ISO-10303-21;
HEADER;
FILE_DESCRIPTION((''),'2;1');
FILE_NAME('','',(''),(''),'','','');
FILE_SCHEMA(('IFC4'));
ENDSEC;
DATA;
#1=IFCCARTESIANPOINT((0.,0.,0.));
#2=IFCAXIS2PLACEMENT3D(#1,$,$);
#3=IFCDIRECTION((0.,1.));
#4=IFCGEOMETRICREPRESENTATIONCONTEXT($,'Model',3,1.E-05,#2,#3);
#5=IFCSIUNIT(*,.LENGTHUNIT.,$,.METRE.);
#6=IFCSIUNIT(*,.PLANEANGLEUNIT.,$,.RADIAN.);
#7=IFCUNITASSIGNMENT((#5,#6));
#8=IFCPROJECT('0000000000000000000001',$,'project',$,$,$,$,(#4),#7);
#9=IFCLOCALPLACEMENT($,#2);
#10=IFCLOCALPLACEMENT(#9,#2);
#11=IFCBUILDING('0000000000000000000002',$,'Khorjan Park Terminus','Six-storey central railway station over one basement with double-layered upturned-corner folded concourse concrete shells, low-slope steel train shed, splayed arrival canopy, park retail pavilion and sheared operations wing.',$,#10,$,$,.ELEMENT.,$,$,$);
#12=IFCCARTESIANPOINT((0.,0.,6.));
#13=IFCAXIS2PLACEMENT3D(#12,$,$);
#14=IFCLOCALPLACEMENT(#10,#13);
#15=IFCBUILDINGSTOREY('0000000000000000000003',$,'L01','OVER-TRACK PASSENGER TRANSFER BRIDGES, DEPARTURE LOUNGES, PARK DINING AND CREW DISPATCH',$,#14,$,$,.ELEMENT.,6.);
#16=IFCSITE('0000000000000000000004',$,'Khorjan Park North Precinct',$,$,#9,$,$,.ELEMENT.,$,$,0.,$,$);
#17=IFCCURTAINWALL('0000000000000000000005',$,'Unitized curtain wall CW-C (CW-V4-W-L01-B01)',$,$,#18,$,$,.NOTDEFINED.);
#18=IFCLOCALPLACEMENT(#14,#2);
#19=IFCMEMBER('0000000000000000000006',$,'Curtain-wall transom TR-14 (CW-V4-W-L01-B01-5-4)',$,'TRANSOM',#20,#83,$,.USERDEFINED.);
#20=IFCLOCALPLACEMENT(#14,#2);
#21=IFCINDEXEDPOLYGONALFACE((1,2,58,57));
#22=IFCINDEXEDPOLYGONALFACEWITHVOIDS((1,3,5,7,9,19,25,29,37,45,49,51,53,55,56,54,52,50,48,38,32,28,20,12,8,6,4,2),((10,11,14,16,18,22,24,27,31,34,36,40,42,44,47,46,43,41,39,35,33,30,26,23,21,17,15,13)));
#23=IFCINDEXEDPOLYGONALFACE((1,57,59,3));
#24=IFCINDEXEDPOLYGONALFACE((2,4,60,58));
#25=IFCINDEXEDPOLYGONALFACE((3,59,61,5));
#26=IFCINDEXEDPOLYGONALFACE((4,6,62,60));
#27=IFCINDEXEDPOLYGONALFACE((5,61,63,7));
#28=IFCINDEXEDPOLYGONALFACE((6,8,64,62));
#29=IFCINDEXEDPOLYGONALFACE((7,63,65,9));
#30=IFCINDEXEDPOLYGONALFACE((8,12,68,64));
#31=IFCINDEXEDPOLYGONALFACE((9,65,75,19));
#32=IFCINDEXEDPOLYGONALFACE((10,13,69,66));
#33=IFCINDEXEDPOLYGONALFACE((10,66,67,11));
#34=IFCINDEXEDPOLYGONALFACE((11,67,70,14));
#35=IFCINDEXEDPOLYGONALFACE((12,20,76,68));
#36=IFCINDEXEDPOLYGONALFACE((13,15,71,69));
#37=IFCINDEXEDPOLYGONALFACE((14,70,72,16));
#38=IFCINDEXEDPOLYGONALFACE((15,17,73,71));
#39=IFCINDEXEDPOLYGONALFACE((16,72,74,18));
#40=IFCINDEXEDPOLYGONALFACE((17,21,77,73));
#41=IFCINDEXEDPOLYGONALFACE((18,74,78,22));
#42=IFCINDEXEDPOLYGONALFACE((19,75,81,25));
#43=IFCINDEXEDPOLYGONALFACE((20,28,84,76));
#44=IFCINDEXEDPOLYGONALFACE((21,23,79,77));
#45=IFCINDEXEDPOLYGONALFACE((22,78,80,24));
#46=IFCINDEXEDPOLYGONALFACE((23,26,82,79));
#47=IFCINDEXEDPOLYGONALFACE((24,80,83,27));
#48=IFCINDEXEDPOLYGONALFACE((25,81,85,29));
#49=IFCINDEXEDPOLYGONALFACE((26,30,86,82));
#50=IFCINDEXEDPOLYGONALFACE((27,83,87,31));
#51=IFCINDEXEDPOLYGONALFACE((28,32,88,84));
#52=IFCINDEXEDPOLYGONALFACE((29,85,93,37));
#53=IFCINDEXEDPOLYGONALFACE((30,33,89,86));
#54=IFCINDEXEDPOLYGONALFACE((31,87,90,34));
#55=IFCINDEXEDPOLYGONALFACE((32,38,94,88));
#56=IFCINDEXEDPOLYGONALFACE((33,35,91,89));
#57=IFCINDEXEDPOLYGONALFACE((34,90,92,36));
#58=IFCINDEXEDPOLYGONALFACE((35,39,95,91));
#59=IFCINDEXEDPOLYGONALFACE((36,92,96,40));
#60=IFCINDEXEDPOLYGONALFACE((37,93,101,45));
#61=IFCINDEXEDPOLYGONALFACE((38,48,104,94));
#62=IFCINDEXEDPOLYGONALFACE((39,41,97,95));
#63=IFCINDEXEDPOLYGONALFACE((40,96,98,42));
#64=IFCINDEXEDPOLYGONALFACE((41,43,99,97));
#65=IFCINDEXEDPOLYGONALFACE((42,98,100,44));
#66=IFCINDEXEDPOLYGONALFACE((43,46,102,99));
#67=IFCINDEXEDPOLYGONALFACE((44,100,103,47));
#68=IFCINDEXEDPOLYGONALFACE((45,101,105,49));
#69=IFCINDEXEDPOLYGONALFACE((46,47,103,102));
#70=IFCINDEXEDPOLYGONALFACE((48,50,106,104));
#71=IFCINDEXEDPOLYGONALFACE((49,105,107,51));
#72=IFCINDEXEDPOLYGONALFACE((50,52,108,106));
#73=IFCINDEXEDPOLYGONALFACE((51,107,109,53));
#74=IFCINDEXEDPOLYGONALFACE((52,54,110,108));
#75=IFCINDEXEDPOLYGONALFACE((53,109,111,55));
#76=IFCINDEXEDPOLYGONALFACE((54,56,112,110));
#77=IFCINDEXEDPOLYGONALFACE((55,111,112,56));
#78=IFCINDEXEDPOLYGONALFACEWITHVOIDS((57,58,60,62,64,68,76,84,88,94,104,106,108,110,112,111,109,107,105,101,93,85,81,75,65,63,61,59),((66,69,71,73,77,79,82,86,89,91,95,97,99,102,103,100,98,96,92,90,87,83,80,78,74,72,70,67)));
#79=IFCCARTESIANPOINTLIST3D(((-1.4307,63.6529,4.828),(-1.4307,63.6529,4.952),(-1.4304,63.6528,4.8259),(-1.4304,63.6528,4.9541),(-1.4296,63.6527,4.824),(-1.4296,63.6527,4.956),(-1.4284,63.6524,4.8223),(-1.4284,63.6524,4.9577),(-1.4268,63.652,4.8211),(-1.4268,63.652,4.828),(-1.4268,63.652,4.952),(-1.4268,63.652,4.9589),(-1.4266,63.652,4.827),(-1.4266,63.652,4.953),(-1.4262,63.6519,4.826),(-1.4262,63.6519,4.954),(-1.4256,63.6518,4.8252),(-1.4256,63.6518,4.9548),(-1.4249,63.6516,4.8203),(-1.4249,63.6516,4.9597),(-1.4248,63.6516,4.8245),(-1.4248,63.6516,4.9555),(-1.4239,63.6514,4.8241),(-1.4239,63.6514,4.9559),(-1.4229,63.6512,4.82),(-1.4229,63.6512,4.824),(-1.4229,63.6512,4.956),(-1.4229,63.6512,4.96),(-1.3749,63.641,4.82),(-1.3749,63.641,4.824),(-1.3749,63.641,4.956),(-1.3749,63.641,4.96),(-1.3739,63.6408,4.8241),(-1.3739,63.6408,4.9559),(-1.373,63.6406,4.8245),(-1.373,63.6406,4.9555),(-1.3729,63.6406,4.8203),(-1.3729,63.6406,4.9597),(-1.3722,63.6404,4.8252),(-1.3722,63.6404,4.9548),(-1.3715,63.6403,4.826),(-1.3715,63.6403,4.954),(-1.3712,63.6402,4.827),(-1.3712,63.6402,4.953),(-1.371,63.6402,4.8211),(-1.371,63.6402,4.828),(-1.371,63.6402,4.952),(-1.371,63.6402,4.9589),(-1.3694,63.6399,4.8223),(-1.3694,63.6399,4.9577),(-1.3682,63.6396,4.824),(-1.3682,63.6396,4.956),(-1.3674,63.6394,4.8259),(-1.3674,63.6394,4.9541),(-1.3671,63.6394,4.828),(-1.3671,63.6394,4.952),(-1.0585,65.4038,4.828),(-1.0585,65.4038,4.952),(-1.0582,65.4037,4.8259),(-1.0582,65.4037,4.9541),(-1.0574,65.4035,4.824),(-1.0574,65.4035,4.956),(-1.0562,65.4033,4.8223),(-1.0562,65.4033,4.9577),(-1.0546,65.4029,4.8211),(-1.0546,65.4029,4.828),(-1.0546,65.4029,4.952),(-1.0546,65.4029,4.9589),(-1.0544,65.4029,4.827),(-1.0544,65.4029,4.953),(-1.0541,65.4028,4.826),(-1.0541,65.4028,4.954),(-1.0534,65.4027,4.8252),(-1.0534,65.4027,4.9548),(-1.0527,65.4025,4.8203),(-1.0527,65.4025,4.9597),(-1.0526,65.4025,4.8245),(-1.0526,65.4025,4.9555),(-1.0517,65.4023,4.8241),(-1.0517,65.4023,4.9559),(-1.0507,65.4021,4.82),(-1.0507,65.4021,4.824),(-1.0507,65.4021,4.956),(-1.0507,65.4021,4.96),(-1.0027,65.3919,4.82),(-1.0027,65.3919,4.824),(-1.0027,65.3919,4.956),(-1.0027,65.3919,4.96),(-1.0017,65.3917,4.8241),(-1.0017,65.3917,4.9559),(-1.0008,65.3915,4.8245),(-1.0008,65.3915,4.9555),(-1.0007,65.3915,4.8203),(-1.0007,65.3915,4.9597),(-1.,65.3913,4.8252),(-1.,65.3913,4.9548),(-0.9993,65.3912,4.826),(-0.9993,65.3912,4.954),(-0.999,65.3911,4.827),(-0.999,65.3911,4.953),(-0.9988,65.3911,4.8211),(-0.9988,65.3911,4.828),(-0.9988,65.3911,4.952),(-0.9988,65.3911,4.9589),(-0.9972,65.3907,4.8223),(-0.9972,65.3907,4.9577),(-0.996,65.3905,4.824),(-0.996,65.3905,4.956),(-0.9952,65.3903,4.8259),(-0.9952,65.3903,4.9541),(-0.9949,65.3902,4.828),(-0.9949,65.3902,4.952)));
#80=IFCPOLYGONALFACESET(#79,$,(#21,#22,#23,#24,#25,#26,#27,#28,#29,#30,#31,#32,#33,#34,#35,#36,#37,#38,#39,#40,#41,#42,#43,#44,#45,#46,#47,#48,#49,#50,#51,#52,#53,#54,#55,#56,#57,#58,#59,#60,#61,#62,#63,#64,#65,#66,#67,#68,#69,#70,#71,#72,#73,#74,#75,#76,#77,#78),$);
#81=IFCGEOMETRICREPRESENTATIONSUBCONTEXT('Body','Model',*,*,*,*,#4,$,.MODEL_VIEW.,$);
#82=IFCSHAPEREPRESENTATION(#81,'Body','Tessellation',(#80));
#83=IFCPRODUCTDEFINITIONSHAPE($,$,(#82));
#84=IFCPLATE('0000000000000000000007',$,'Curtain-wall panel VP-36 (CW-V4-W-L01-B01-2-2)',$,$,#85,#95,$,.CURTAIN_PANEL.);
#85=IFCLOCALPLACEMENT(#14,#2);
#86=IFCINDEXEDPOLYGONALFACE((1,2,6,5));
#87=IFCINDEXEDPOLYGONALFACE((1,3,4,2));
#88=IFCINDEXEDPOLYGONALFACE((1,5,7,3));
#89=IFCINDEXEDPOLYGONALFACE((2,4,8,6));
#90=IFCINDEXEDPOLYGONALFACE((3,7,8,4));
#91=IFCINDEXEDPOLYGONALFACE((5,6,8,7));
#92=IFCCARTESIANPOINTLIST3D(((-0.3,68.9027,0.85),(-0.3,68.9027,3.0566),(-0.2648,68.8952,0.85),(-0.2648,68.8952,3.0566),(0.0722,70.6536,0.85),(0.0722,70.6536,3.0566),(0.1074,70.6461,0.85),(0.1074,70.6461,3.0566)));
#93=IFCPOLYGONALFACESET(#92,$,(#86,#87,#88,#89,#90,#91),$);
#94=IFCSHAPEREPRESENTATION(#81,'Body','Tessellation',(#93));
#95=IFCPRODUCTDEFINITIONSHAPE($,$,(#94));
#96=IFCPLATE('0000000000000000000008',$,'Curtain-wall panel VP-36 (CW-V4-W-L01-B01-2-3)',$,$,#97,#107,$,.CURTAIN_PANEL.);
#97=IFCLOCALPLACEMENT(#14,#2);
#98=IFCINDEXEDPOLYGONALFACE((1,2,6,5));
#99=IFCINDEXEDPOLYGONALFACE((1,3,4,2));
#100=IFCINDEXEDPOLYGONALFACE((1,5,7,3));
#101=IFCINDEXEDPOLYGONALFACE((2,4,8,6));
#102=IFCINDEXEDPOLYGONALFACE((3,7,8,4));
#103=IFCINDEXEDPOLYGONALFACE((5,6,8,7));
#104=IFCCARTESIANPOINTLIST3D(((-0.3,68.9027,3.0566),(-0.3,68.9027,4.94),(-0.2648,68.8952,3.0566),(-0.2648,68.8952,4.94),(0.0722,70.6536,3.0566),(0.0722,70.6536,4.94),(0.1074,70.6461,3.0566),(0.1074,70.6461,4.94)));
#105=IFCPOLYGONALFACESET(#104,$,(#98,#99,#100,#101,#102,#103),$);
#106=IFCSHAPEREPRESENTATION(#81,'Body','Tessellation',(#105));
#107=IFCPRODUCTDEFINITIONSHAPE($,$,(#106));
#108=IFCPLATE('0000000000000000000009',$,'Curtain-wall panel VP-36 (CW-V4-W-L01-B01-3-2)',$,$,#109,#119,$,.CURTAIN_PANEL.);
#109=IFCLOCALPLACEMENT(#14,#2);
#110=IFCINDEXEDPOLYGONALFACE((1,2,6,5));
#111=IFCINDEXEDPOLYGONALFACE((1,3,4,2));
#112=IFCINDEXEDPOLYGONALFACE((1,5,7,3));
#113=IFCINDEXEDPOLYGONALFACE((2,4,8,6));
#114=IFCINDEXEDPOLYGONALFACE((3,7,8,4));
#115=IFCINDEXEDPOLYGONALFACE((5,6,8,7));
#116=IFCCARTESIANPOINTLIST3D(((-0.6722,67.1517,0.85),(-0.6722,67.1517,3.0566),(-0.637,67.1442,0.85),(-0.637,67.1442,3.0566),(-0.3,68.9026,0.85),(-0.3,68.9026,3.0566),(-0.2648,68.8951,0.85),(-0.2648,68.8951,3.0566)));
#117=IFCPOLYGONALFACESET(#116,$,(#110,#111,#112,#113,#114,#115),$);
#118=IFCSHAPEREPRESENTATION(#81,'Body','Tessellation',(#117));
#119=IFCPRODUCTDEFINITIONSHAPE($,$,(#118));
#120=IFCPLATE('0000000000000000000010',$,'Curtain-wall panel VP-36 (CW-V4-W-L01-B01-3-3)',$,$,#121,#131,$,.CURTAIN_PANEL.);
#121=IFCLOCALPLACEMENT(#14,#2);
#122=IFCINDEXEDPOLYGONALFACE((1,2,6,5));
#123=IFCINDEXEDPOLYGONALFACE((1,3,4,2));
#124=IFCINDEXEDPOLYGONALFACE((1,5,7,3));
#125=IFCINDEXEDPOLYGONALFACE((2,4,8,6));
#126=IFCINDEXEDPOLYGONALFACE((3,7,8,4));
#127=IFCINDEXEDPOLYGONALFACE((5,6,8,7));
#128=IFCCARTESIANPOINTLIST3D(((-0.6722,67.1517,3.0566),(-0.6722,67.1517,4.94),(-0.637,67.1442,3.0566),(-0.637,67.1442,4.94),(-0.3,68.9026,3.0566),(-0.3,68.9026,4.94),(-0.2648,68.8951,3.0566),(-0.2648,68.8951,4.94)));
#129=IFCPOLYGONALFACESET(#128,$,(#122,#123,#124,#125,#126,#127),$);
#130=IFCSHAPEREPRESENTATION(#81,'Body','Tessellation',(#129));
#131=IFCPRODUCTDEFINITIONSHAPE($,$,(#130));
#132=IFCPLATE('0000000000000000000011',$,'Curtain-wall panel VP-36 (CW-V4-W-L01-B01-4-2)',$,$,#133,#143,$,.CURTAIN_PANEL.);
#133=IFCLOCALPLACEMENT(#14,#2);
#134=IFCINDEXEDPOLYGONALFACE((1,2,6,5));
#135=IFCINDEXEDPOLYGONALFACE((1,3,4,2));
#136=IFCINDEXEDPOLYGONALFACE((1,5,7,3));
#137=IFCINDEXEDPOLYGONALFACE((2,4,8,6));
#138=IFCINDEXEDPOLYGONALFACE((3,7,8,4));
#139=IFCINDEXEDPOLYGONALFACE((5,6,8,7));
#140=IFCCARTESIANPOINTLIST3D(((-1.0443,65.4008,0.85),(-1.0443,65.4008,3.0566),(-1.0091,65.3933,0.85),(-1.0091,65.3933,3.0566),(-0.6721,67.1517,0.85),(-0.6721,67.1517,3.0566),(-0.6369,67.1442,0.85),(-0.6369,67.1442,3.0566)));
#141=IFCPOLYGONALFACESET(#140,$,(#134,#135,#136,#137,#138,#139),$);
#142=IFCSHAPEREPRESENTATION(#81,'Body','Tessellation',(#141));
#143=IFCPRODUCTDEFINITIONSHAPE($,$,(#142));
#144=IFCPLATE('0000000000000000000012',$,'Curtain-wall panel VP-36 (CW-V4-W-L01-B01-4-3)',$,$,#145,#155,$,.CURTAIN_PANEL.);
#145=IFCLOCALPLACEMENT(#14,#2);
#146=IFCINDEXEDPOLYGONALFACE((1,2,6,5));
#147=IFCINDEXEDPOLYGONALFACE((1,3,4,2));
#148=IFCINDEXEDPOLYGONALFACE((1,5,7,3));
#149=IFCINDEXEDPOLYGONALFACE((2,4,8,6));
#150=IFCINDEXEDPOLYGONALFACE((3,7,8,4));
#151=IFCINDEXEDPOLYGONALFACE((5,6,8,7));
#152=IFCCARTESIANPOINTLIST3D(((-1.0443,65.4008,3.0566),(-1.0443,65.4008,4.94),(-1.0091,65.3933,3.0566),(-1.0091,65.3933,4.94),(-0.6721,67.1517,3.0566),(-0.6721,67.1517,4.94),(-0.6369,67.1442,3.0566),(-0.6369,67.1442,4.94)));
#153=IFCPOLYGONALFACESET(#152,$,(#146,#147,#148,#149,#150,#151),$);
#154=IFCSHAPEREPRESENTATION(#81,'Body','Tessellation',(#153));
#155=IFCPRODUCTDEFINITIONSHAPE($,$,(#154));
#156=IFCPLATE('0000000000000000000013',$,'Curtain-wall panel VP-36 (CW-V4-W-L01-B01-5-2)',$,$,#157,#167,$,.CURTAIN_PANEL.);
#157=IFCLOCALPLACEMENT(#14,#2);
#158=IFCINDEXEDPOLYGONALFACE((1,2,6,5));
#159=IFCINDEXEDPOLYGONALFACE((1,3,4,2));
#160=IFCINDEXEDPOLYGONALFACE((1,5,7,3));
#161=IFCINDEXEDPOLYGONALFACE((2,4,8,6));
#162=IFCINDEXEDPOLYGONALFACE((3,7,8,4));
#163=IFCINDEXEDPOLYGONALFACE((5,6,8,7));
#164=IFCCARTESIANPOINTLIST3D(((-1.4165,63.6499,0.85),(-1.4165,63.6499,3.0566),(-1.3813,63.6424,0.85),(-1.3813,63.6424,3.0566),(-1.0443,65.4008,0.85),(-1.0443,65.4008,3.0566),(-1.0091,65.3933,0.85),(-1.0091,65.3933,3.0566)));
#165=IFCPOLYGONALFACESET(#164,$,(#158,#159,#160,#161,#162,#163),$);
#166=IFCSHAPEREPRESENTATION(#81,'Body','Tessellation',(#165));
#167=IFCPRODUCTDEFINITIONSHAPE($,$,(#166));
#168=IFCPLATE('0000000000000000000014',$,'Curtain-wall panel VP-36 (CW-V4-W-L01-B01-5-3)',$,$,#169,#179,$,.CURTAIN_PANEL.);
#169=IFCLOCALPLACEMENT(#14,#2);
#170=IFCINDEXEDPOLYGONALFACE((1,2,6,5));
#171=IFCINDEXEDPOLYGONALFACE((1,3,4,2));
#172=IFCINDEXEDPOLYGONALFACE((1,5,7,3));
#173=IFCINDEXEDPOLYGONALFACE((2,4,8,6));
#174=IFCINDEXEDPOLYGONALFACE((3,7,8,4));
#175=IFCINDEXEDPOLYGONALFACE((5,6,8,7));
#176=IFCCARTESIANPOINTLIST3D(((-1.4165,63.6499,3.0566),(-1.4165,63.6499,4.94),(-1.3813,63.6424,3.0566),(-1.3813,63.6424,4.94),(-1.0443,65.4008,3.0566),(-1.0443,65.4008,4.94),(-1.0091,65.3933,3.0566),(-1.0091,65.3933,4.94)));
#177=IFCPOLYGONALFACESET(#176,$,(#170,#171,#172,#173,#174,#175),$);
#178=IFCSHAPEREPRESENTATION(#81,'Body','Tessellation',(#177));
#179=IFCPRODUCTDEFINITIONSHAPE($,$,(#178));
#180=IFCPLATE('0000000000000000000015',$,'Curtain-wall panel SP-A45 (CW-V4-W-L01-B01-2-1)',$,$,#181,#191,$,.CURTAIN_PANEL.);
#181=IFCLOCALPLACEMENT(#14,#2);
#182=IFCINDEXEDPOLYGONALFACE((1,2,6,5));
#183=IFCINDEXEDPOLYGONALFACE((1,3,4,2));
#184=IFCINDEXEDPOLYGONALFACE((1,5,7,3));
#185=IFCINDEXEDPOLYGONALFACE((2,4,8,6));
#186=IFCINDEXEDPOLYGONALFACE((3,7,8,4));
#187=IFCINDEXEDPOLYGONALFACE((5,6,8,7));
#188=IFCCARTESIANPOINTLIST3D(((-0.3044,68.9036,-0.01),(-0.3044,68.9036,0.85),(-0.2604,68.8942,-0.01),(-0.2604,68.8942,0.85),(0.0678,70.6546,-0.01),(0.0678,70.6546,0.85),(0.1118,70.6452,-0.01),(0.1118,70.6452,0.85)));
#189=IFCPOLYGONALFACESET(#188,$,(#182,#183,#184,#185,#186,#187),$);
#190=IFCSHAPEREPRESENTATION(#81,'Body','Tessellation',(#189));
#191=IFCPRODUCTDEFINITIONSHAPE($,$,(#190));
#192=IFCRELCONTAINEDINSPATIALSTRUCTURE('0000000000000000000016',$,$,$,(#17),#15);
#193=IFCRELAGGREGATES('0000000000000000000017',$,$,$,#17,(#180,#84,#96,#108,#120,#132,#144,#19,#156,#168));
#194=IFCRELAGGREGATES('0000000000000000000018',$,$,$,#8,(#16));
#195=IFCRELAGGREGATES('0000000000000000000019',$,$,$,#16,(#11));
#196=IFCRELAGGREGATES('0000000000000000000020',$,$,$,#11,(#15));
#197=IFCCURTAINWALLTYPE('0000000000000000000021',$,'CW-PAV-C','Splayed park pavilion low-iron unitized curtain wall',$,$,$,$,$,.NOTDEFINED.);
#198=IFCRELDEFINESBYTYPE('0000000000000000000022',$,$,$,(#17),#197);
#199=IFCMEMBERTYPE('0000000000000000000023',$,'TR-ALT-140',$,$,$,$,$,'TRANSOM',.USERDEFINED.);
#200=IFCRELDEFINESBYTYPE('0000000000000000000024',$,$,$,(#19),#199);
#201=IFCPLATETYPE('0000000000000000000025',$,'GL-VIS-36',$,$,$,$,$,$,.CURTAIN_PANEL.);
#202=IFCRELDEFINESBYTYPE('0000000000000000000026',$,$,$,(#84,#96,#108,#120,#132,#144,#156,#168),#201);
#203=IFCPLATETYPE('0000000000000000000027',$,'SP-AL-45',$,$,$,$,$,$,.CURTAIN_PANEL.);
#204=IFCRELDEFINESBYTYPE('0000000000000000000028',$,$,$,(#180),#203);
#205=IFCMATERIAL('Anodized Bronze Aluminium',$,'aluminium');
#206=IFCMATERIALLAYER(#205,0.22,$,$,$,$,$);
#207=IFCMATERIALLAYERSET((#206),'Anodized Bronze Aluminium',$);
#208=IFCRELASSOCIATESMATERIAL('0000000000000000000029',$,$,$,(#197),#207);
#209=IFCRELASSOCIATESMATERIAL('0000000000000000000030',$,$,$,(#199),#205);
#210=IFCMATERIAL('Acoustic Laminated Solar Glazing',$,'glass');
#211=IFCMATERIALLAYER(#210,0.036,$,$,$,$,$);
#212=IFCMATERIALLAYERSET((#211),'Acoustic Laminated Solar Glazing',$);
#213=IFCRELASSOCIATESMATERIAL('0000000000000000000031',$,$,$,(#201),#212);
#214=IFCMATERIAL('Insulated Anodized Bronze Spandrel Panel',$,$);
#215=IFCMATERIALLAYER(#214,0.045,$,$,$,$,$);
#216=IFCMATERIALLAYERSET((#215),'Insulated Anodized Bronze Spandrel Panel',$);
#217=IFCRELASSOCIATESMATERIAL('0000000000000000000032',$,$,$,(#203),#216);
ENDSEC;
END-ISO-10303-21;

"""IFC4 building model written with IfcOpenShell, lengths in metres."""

from ifc_helpers import new_model, si_unit, direction, frame, origin, origin_2d, place, context, subcontext, project, spatial, rectangle, hollow_rectangle, extrude, material, layer, layer_set, material_profile, profile_set, type_object, element, aggregate, save


model = new_model("IFC4")

# Units and contexts
model_context = context("Model", 3, precision=1e-05, world=origin(), true_north=direction((0.0, 1.0)))
body_context = subcontext(model_context, "Body", "Model", "MODEL_VIEW")
ifc_project = project(units=[si_unit("LENGTHUNIT", "METRE"), si_unit("PLANEANGLEUNIT", "RADIAN")], contexts=[model_context])

# Site, building, storey
site_placement = place(None, origin())
site = spatial("IfcSite", under=ifc_project, at=site_placement, Name="Khorjan Park North Precinct", CompositionType="ELEMENT", RefElevation=0.0)
building_placement = place(site_placement, origin())
building = spatial("IfcBuilding", under=site, at=building_placement, Name="Khorjan Park Terminus", Description="Six-storey central railway station over one basement with double-layered upturned-corner folded concourse concrete shells, low-slope steel train shed, splayed arrival canopy, park retail pavilion and sheared operations wing.", CompositionType="ELEMENT")
storey_placement = place(building_placement, frame((0.0, 0.0, 6.0)))
storey = spatial("IfcBuildingStorey", under=building, at=storey_placement, Name="L01", Description="OVER-TRACK PASSENGER TRANSFER BRIDGES, DEPARTURE LOUNGES, PARK DINING AND CREW DISPATCH", CompositionType="ELEMENT", Elevation=6.0)

# Curtain wall, member, plates
ifc_material_1 = material(Name="Anodized Bronze Aluminium", Category="aluminium")
ifc_layer_1 = layer(ifc_material_1, 0.22)
ifc_layer_set_1 = layer_set([ifc_layer_1], Name="Anodized Bronze Aluminium")
curtain_wall_type = type_object("IfcCurtainWallType", Name="CW-PAV-C", Description="Splayed park pavilion low-iron unitized curtain wall", PredefinedType="NOTDEFINED", material=ifc_layer_set_1)
curtain_wall_placement = place(storey_placement, origin())
curtain_wall = element("IfcCurtainWall", 1, at=curtain_wall_placement, inside=storey, type_object=curtain_wall_type, Name="Unitized curtain wall CW-C (CW-V4-W-L01-B01)", PredefinedType="NOTDEFINED")
ifc_material_profile_1 = material_profile(ifc_material_1, hollow_rectangle(XDim=0.065, YDim=0.14, WallThickness=0.004, InnerFilletRadius=0.004, OuterFilletRadius=0.008, at=origin_2d()), Name="ALT 65x140x4")
ifc_profile_set_1 = profile_set([ifc_material_profile_1], Name="Anodized Bronze Aluminium")
member_type_1 = type_object("IfcMemberType", Name="TR-ALT-140", ElementType="TRANSOM", PredefinedType="USERDEFINED", material=ifc_profile_set_1)
member_1_placement = place(storey_placement, frame((-1.0267, 65.397, 4.89), z_axis=(-0.20793, -0.978144, 0.0), x_axis=(0.978144, -0.20793, 0.0)))
member_1 = element("IfcMember", 2, at=member_1_placement, type_object=member_type_1, Name="Curtain-wall transom TR-14 (CW-V4-W-L01-B01-5-4)", ObjectType="TRANSOM", PredefinedType="USERDEFINED", context=body_context, shape_type="SweptSolid", body=[
    extrude(hollow_rectangle(XDim=0.065, YDim=0.14, WallThickness=0.004, InnerFilletRadius=0.004, OuterFilletRadius=0.008, at=origin_2d()), origin(), (0.0, 0.0, 1.0), 1.79),
])
ifc_material_2 = material(Name="Acoustic Laminated Solar Glazing", Category="glass")
ifc_layer_2 = layer(ifc_material_2, 0.036)
ifc_layer_set_2 = layer_set([ifc_layer_2], Name="Acoustic Laminated Solar Glazing")
plate_type_1 = type_object("IfcPlateType", Name="GL-VIS-36", PredefinedType="CURTAIN_PANEL", material=ifc_layer_set_2)
plate_1_placement = place(storey_placement, frame((-0.0963, 69.7744, 0.85), z_axis=(0.0, 0.0, 1.0), x_axis=(-0.207907, -0.978149, 0.0)))
plate_1 = element("IfcPlate", 3, at=plate_1_placement, type_object=plate_type_1, Name="Curtain-wall panel VP-36 (CW-V4-W-L01-B01-2-2)", PredefinedType="CURTAIN_PANEL", context=body_context, shape_type="SweptSolid", body=[
    extrude(rectangle(XDim=1.7901, YDim=0.036, at=origin_2d()), origin(), (0.0, 0.0, 1.0), 2.2066),
])
plate_2_placement = place(storey_placement, frame((-0.0963, 69.7744, 3.0566), z_axis=(0.0, 0.0, 1.0), x_axis=(-0.207907, -0.978149, 0.0)))
plate_2 = element("IfcPlate", 4, at=plate_2_placement, type_object=plate_type_1, Name="Curtain-wall panel VP-36 (CW-V4-W-L01-B01-2-3)", PredefinedType="CURTAIN_PANEL", context=body_context, shape_type="SweptSolid", body=[
    extrude(rectangle(XDim=1.7901, YDim=0.036, at=origin_2d()), origin(), (0.0, 0.0, 1.0), 1.8834),
])
plate_3_placement = place(storey_placement, frame((-0.4685, 68.0234, 0.85), z_axis=(0.0, 0.0, 1.0), x_axis=(-0.207907, -0.978149, 0.0)))
plate_3 = element("IfcPlate", 5, at=plate_3_placement, type_object=plate_type_1, Name="Curtain-wall panel VP-36 (CW-V4-W-L01-B01-3-2)", PredefinedType="CURTAIN_PANEL", context=body_context, shape_type="SweptSolid", body=[
    extrude(rectangle(XDim=1.7901, YDim=0.036, at=origin_2d()), origin(), (0.0, 0.0, 1.0), 2.2066),
])
plate_4_placement = place(storey_placement, frame((-0.4685, 68.0234, 3.0566), z_axis=(0.0, 0.0, 1.0), x_axis=(-0.207907, -0.978149, 0.0)))
plate_4 = element("IfcPlate", 6, at=plate_4_placement, type_object=plate_type_1, Name="Curtain-wall panel VP-36 (CW-V4-W-L01-B01-3-3)", PredefinedType="CURTAIN_PANEL", context=body_context, shape_type="SweptSolid", body=[
    extrude(rectangle(XDim=1.7901, YDim=0.036, at=origin_2d()), origin(), (0.0, 0.0, 1.0), 1.8834),
])
plate_5_placement = place(storey_placement, frame((-0.8406, 66.2725, 0.85), z_axis=(0.0, 0.0, 1.0), x_axis=(-0.207907, -0.978149, 0.0)))
plate_5 = element("IfcPlate", 7, at=plate_5_placement, type_object=plate_type_1, Name="Curtain-wall panel VP-36 (CW-V4-W-L01-B01-4-2)", PredefinedType="CURTAIN_PANEL", context=body_context, shape_type="SweptSolid", body=[
    extrude(rectangle(XDim=1.7901, YDim=0.036, at=origin_2d()), origin(), (0.0, 0.0, 1.0), 2.2066),
])
plate_6_placement = place(storey_placement, frame((-0.8406, 66.2725, 3.0566), z_axis=(0.0, 0.0, 1.0), x_axis=(-0.207907, -0.978149, 0.0)))
plate_6 = element("IfcPlate", 8, at=plate_6_placement, type_object=plate_type_1, Name="Curtain-wall panel VP-36 (CW-V4-W-L01-B01-4-3)", PredefinedType="CURTAIN_PANEL", context=body_context, shape_type="SweptSolid", body=[
    extrude(rectangle(XDim=1.7901, YDim=0.036, at=origin_2d()), origin(), (0.0, 0.0, 1.0), 1.8834),
])
plate_7_placement = place(storey_placement, frame((-1.2128, 64.5216, 0.85), z_axis=(0.0, 0.0, 1.0), x_axis=(-0.207907, -0.978149, 0.0)))
plate_7 = element("IfcPlate", 9, at=plate_7_placement, type_object=plate_type_1, Name="Curtain-wall panel VP-36 (CW-V4-W-L01-B01-5-2)", PredefinedType="CURTAIN_PANEL", context=body_context, shape_type="SweptSolid", body=[
    extrude(rectangle(XDim=1.7901, YDim=0.036, at=origin_2d()), origin(), (0.0, 0.0, 1.0), 2.2066),
])
plate_8_placement = place(storey_placement, frame((-1.2128, 64.5216, 3.0566), z_axis=(0.0, 0.0, 1.0), x_axis=(-0.207907, -0.978149, 0.0)))
plate_8 = element("IfcPlate", 10, at=plate_8_placement, type_object=plate_type_1, Name="Curtain-wall panel VP-36 (CW-V4-W-L01-B01-5-3)", PredefinedType="CURTAIN_PANEL", context=body_context, shape_type="SweptSolid", body=[
    extrude(rectangle(XDim=1.7901, YDim=0.036, at=origin_2d()), origin(), (0.0, 0.0, 1.0), 1.8834),
])
ifc_material_3 = material(Name="Insulated Anodized Bronze Spandrel Panel")
ifc_layer_3 = layer(ifc_material_3, 0.045)
ifc_layer_set_3 = layer_set([ifc_layer_3], Name="Insulated Anodized Bronze Spandrel Panel")
plate_type_2 = type_object("IfcPlateType", Name="SP-AL-45", PredefinedType="CURTAIN_PANEL", material=ifc_layer_set_3)
plate_9_placement = place(storey_placement, frame((-0.0963, 69.7744, -0.01), z_axis=(0.0, 0.0, 1.0), x_axis=(-0.207907, -0.978149, 0.0)))
plate_9 = element("IfcPlate", 11, at=plate_9_placement, type_object=plate_type_2, Name="Curtain-wall panel SP-A45 (CW-V4-W-L01-B01-2-1)", PredefinedType="CURTAIN_PANEL", context=body_context, shape_type="SweptSolid", body=[
    extrude(rectangle(XDim=1.7901, YDim=0.045, at=origin_2d()), origin(), (0.0, 0.0, 1.0), 0.86),
])
aggregate(curtain_wall, [plate_9, plate_1, plate_2, plate_3, plate_4, plate_5, plate_6, member_1, plate_7, plate_8])

save(model, "model.ifc")
